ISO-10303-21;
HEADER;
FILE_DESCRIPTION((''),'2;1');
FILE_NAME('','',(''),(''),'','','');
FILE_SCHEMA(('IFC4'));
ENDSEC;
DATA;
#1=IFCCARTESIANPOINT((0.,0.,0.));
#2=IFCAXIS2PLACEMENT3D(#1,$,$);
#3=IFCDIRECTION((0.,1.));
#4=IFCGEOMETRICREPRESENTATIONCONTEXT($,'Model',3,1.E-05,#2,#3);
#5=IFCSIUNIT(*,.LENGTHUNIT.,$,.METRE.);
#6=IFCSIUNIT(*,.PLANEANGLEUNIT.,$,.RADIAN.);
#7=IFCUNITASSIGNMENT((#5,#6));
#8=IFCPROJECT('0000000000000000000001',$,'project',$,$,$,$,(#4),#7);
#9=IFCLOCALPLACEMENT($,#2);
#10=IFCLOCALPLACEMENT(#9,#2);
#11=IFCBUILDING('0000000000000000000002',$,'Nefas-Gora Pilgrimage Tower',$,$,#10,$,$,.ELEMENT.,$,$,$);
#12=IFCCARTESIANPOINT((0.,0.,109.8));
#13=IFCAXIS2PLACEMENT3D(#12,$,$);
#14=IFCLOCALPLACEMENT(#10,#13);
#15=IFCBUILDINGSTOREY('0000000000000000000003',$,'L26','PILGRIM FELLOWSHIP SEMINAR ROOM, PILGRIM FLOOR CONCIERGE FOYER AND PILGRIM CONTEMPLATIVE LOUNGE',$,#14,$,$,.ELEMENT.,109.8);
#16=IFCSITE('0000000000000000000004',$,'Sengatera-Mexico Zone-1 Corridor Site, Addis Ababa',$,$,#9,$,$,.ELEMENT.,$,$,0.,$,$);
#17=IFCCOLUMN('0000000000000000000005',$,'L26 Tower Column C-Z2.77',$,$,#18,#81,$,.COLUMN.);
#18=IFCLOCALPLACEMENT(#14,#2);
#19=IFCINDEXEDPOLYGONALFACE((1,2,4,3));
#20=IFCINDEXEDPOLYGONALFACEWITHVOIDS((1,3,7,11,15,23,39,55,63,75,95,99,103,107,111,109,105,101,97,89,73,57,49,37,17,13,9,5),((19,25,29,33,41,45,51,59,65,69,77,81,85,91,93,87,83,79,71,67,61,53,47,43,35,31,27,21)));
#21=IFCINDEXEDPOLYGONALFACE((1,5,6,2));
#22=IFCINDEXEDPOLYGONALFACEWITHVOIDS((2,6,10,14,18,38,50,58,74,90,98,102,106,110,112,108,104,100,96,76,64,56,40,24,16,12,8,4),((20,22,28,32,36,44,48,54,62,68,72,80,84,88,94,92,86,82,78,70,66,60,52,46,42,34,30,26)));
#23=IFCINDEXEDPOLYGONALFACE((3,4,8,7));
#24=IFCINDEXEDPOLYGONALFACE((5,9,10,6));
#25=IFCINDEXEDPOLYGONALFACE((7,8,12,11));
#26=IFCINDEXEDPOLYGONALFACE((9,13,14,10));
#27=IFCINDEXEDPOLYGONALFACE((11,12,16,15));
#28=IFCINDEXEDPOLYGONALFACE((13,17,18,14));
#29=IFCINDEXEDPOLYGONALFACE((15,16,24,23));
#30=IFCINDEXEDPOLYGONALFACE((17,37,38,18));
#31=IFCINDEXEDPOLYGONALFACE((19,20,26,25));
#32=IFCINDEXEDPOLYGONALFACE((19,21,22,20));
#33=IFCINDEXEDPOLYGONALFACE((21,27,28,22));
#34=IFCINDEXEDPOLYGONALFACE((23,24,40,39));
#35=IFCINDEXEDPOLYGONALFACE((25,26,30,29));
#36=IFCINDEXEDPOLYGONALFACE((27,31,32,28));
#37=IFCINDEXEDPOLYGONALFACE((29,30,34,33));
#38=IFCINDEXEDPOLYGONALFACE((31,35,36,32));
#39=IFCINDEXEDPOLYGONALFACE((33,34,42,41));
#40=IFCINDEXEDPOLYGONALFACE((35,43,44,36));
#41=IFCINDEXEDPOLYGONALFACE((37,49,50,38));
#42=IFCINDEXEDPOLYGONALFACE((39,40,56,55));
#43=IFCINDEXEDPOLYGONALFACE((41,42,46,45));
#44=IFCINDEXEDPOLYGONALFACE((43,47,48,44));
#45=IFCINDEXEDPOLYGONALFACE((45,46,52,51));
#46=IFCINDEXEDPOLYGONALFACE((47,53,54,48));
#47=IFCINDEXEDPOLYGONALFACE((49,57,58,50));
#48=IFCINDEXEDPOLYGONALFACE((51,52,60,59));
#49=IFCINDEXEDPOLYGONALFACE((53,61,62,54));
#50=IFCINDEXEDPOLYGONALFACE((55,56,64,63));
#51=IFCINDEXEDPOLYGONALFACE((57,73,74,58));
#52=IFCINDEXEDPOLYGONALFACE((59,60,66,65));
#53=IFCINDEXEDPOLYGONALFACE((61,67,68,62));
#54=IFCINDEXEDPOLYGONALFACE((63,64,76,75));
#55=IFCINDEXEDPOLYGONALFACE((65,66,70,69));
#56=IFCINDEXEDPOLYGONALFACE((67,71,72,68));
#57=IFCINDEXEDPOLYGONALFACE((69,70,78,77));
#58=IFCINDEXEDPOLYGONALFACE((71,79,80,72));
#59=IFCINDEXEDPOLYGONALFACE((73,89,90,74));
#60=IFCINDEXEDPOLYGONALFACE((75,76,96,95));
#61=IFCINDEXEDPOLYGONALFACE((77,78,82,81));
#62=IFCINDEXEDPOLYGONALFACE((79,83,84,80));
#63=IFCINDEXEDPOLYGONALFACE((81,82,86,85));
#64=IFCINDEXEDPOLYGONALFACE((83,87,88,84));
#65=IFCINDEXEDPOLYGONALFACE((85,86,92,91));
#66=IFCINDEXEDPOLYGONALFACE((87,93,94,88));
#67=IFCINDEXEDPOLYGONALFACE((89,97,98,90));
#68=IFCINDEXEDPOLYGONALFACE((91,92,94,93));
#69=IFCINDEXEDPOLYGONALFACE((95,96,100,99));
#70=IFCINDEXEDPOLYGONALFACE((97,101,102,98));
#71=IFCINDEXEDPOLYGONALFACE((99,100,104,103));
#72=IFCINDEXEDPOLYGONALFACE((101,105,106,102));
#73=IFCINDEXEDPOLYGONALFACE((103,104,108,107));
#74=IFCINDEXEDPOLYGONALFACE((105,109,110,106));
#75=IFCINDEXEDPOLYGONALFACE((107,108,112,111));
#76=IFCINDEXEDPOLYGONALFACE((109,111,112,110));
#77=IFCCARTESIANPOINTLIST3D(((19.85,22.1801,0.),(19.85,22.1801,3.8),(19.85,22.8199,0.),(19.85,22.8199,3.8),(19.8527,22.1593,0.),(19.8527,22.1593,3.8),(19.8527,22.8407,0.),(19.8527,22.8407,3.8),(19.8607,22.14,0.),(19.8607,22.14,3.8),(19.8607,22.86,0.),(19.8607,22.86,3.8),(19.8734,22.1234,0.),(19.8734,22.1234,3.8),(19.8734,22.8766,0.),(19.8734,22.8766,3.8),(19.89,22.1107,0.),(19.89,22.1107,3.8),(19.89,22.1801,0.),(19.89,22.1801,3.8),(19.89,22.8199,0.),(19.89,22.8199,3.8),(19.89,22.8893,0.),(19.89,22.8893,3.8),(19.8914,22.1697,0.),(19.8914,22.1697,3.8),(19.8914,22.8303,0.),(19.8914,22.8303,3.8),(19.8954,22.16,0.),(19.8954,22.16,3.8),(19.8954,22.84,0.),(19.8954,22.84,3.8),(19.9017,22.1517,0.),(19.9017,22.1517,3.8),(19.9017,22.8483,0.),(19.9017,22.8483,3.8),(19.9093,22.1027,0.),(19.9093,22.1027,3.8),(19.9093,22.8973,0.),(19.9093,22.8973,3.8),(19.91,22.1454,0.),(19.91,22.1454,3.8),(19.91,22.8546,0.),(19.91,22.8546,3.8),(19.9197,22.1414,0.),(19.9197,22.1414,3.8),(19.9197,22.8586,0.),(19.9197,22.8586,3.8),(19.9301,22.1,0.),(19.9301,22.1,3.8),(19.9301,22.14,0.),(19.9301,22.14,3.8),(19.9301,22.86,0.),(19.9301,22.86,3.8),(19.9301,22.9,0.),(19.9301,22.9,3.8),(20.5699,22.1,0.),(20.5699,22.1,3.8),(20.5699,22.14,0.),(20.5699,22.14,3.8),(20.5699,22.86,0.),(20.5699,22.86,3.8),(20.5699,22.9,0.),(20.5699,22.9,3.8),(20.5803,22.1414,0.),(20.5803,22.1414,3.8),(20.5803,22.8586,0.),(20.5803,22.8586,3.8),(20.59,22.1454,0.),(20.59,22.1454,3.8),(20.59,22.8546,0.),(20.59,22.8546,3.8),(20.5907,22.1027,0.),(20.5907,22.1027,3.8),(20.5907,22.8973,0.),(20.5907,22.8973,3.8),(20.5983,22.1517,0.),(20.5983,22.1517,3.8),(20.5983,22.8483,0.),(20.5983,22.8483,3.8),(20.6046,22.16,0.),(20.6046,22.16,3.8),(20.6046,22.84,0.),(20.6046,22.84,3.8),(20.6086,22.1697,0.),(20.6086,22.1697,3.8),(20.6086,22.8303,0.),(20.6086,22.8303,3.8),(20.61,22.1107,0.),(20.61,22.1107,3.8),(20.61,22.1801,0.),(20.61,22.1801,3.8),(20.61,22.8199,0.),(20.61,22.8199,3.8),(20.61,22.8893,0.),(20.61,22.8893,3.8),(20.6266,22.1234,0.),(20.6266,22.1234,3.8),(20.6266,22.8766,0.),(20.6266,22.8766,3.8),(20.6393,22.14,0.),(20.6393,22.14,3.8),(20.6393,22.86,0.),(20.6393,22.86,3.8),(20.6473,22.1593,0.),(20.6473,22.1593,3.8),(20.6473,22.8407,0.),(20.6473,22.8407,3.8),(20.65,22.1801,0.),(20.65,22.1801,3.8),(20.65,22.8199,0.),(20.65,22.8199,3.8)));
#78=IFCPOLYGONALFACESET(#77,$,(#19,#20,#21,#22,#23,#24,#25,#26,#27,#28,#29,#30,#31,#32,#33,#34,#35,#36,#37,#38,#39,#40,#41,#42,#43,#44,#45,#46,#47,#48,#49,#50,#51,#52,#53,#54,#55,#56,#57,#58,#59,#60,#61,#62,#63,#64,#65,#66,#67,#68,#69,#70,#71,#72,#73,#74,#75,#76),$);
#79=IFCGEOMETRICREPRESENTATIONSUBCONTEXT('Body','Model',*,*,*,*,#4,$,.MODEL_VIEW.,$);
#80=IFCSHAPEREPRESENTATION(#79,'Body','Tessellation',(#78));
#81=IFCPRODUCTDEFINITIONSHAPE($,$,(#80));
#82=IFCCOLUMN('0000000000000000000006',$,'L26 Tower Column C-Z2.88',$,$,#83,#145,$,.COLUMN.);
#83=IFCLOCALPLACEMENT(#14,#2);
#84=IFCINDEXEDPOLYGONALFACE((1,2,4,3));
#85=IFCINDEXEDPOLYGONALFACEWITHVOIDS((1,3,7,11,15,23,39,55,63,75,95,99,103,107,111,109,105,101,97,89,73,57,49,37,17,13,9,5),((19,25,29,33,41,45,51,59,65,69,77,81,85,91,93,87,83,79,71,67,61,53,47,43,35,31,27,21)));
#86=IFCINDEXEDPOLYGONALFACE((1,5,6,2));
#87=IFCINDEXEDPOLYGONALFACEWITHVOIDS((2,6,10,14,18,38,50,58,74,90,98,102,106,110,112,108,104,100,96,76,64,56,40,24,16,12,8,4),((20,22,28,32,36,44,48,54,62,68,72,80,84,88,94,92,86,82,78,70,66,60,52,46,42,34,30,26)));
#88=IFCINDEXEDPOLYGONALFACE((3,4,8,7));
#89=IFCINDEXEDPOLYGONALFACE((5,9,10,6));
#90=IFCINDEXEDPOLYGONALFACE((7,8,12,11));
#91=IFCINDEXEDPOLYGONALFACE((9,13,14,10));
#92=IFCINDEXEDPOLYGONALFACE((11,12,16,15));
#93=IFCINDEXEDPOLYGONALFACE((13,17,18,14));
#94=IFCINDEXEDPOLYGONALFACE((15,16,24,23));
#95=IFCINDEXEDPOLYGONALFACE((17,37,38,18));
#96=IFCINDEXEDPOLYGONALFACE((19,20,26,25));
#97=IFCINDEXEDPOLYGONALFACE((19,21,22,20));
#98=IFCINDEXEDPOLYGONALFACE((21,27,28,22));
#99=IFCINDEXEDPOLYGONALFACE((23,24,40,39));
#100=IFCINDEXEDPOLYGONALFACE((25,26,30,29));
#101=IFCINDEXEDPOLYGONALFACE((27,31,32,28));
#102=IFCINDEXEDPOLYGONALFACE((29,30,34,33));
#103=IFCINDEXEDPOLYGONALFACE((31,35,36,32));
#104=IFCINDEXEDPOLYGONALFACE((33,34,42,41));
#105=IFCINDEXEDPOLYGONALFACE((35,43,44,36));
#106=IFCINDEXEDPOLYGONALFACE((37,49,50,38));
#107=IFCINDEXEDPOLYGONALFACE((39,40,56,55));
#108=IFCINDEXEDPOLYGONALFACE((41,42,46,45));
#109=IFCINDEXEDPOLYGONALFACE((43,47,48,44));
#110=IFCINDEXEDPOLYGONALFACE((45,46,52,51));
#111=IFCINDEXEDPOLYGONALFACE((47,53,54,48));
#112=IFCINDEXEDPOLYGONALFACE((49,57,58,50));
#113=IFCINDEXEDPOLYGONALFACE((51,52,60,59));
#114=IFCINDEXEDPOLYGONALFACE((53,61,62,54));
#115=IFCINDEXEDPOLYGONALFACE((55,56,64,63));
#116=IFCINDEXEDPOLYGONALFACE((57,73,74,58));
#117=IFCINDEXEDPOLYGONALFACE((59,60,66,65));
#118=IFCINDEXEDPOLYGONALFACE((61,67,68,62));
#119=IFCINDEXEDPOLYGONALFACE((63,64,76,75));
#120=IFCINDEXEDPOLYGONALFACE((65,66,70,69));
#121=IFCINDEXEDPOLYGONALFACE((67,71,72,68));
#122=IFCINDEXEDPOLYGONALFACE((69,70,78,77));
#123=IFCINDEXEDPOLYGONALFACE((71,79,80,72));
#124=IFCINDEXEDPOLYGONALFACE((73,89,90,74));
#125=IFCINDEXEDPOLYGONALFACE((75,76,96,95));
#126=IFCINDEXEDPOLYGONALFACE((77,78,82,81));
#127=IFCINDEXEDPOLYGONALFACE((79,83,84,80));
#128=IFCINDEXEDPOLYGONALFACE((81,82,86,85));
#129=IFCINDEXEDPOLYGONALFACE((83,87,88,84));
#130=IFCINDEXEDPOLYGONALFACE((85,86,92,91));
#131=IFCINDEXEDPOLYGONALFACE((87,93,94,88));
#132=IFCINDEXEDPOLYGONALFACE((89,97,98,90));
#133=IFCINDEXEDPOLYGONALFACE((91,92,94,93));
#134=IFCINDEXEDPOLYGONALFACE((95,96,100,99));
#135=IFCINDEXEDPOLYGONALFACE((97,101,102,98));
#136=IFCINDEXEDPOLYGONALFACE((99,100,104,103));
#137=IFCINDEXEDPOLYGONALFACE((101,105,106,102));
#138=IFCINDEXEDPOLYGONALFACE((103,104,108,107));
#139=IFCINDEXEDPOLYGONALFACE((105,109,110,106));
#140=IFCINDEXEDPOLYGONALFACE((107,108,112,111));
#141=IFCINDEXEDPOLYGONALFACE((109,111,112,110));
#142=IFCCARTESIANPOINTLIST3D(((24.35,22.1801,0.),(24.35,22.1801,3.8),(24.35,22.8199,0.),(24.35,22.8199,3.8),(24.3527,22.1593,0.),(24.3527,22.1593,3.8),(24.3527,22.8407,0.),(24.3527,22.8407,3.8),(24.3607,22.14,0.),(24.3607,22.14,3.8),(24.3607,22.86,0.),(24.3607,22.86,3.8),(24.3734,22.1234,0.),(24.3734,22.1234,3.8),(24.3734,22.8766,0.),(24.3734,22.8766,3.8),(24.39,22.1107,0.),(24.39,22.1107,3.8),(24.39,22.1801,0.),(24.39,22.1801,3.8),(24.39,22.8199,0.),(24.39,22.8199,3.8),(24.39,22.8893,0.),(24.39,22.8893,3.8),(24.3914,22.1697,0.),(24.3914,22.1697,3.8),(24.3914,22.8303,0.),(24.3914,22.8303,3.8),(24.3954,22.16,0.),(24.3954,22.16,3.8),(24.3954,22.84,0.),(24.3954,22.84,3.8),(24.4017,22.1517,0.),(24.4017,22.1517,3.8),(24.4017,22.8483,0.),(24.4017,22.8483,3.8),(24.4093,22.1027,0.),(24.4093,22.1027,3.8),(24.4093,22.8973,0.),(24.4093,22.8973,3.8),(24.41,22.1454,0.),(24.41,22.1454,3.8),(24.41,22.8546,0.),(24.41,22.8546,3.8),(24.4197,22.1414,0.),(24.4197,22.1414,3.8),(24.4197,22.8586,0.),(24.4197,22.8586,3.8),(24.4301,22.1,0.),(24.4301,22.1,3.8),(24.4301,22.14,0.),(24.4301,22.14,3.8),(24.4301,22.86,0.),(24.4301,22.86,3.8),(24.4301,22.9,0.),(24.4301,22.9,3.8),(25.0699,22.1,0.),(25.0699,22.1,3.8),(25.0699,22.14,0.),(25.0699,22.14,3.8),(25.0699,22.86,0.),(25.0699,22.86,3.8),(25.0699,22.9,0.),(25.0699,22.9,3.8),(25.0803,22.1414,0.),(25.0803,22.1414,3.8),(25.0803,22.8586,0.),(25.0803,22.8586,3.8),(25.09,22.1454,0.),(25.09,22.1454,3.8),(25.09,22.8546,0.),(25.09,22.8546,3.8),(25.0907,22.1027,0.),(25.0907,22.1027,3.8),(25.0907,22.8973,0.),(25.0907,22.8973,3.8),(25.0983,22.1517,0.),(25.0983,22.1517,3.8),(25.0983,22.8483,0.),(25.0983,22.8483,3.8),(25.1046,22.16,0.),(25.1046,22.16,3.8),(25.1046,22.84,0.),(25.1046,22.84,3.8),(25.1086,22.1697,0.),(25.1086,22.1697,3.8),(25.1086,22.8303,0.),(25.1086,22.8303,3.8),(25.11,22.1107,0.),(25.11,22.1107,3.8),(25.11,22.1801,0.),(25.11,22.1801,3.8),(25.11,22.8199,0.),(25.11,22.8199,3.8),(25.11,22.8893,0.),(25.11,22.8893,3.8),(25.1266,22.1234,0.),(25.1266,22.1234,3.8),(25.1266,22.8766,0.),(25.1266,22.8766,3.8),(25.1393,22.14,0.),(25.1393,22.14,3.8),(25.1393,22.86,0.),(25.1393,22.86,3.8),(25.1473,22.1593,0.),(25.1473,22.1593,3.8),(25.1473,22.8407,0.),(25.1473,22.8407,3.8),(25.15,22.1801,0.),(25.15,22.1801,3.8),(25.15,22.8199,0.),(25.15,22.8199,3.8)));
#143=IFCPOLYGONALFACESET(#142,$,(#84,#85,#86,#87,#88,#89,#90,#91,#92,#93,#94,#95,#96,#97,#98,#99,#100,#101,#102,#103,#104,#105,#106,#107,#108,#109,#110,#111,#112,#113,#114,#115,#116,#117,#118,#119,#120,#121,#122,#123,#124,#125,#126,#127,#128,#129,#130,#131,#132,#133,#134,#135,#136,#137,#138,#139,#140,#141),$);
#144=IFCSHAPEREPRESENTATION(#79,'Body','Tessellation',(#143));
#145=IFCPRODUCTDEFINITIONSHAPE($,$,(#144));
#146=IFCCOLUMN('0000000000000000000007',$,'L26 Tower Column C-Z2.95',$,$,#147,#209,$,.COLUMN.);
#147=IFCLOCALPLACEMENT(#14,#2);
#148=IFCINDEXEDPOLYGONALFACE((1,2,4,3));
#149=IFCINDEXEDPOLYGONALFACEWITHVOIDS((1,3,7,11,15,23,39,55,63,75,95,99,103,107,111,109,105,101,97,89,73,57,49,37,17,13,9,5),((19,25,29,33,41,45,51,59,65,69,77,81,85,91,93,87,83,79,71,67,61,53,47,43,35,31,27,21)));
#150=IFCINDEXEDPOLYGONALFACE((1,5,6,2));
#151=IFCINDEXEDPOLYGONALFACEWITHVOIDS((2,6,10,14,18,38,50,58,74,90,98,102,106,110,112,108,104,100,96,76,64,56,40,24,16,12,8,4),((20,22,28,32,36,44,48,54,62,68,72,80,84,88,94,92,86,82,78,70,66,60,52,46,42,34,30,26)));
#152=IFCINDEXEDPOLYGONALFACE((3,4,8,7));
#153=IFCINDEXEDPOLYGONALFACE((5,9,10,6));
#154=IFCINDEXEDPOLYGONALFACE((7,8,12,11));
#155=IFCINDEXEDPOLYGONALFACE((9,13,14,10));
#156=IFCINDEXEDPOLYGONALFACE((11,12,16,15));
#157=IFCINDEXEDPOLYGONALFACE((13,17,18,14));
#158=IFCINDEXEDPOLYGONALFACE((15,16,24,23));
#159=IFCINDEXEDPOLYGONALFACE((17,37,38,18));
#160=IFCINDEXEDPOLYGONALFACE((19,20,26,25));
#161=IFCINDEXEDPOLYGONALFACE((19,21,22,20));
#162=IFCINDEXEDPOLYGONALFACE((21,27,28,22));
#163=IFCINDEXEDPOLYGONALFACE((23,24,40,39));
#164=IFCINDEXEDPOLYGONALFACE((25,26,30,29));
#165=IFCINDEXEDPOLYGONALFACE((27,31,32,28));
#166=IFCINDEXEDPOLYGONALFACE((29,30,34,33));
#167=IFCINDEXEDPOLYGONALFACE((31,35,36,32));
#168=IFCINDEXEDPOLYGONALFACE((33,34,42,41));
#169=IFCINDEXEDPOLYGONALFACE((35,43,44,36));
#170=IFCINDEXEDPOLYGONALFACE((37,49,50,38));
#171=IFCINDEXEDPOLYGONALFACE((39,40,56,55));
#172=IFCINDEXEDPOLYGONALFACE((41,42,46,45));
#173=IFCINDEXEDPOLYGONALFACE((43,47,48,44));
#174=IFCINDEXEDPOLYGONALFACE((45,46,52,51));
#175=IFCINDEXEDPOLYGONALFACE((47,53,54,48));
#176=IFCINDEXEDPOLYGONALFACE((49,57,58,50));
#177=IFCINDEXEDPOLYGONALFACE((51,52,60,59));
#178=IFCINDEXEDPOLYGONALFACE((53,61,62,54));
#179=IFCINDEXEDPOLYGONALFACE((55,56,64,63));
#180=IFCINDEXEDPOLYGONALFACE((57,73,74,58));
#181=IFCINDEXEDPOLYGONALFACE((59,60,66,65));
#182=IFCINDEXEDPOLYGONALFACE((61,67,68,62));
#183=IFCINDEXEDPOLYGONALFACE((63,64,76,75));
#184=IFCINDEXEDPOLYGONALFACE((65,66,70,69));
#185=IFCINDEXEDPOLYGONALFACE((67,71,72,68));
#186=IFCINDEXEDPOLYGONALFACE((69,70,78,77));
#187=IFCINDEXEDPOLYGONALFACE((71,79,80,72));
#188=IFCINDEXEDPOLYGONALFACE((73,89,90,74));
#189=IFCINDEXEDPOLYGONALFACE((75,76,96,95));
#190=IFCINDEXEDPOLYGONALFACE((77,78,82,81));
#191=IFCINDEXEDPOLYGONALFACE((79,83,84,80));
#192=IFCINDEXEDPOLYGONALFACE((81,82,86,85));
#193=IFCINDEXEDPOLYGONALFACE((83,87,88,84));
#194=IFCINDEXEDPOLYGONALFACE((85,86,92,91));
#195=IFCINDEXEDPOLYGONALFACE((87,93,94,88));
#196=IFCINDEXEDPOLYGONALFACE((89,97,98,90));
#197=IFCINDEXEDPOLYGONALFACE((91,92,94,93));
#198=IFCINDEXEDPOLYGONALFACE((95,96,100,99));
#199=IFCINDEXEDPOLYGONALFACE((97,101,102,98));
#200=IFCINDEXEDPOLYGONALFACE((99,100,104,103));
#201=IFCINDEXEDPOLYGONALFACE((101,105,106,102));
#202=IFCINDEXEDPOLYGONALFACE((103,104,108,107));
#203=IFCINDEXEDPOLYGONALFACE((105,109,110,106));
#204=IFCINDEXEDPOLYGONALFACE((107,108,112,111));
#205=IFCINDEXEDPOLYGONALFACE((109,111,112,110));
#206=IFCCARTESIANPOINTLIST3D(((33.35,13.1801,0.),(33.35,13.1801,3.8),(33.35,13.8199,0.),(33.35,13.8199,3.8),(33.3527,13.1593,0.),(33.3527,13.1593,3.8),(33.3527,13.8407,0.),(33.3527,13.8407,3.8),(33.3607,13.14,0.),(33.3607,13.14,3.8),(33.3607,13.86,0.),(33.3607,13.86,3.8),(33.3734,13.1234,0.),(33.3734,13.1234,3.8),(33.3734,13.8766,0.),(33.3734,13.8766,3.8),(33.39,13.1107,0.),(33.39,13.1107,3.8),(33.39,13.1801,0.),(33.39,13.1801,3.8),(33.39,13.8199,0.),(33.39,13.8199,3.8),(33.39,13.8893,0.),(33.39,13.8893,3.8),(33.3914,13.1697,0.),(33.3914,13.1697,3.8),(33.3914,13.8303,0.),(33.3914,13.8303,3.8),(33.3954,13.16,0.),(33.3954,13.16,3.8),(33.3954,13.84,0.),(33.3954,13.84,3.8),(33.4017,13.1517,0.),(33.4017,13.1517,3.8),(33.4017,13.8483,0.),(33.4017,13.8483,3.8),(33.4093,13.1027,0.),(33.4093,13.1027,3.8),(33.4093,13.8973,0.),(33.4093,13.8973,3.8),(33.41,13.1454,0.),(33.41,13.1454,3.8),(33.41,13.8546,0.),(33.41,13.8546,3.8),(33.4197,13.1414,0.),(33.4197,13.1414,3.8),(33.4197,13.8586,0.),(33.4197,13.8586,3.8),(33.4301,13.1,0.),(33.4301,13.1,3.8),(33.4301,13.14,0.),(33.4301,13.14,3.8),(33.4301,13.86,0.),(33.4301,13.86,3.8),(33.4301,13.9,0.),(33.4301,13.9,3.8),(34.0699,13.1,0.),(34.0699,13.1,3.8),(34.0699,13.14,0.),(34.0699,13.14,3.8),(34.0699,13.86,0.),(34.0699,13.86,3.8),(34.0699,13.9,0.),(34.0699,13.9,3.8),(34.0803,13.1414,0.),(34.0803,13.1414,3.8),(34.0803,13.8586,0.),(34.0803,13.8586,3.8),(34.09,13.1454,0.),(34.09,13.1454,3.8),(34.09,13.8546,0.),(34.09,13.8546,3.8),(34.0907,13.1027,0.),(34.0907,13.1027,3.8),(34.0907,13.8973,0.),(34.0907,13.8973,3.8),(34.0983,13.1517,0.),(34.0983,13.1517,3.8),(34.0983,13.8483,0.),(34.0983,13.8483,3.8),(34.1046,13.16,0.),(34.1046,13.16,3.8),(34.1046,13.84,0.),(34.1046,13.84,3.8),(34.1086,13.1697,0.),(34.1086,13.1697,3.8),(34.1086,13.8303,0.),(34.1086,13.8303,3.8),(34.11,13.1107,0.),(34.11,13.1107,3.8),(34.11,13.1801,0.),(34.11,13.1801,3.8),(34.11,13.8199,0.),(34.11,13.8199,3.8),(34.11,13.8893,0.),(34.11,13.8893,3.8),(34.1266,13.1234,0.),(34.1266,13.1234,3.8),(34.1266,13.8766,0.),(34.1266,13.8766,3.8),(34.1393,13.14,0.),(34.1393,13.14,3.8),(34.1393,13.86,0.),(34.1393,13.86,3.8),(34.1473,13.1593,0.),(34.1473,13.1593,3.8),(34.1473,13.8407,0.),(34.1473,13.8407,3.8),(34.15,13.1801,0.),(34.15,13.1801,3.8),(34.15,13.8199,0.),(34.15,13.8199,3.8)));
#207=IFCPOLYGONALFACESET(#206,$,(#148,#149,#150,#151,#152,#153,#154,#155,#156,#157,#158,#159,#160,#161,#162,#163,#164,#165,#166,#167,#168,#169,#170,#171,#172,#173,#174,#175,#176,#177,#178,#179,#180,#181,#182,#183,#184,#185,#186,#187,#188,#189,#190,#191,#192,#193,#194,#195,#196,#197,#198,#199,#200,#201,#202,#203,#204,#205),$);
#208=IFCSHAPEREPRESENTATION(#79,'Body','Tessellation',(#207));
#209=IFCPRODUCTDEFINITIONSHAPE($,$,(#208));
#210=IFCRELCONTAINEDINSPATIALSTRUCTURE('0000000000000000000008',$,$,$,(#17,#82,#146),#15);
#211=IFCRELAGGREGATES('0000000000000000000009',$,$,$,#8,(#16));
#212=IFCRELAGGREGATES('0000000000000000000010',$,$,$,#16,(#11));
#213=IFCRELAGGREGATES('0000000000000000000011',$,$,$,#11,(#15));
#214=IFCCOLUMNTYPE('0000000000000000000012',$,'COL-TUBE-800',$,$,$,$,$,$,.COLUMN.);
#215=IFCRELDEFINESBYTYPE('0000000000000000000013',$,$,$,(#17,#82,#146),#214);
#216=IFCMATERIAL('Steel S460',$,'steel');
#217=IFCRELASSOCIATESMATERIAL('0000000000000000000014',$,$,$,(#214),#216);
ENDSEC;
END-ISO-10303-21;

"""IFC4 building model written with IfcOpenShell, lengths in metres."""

from ifc_helpers import new_model, si_unit, direction, frame, origin, origin_2d, place, context, subcontext, project, spatial, hollow_rectangle, extrude, source, transform, mapped, material, material_profile, profile_set, type_object, element, save


model = new_model("IFC4")

# Units and contexts
model_context = context("Model", 3, precision=1e-05, world=origin(), true_north=direction((0.0, 1.0)))
body_context = subcontext(model_context, "Body", "Model", "MODEL_VIEW")
ifc_project = project(units=[si_unit("LENGTHUNIT", "METRE"), si_unit("PLANEANGLEUNIT", "RADIAN")], contexts=[model_context])

# Site, building, storey
site_placement = place(None, origin())
site = spatial("IfcSite", under=ifc_project, at=site_placement, Name="Sengatera-Mexico Zone-1 Corridor Site, Addis Ababa", CompositionType="ELEMENT", RefElevation=0.0)
building_placement = place(site_placement, origin())
building = spatial("IfcBuilding", under=site, at=building_placement, Name="Nefas-Gora Pilgrimage Tower", CompositionType="ELEMENT")
storey_placement = place(building_placement, frame((0.0, 0.0, 109.8)))
storey = spatial("IfcBuildingStorey", under=building, at=storey_placement, Name="L26", Description="PILGRIM FELLOWSHIP SEMINAR ROOM, PILGRIM FLOOR CONCIERGE FOYER AND PILGRIM CONTEMPLATIVE LOUNGE", CompositionType="ELEMENT", Elevation=109.8)

# Columns
ifc_material_1 = material(Name="Steel S460", Category="steel")
ifc_material_profile_1 = material_profile(ifc_material_1, hollow_rectangle(XDim=0.8, YDim=0.8, WallThickness=0.04, InnerFilletRadius=0.04, OuterFilletRadius=0.0801, at=origin_2d()), Name="BOX 800x800x40")
ifc_profile_set_1 = profile_set([ifc_material_profile_1], Name="Steel S460")
column_type_1 = type_object("IfcColumnType", Name="COL-TUBE-800", PredefinedType="COLUMN", material=ifc_profile_set_1)
shared_shape_1 = source(origin(), body_context, "Body", "SweptSolid", [
    extrude(hollow_rectangle(XDim=0.8, YDim=0.8, WallThickness=0.04, InnerFilletRadius=0.04, OuterFilletRadius=0.0801, at=origin_2d()), origin(), (0.0, 0.0, 1.0), 3.8),
])
for number, where, z_axis, x_axis, name in (
    (1, (20.25, 22.5, 0.0), (0.0, 0.0, 1.0), (1.0, 0.0, 0.0), "L26 Tower Column C-Z2.77"),
    (2, (24.75, 22.5, 0.0), (0.0, 0.0, 1.0), (1.0, 0.0, 0.0), "L26 Tower Column C-Z2.88"),
    (3, (33.75, 13.5, 0.0), (0.0, 0.0, 1.0), (1.0, 0.0, 0.0), "L26 Tower Column C-Z2.95"),
):
    element("IfcColumn", number, at=place(storey_placement, frame(where, z_axis=z_axis, x_axis=x_axis)), inside=storey, type_object=column_type_1, Name=name, PredefinedType="COLUMN", context=body_context, shape_type="MappedRepresentation", body=[
        mapped(shared_shape_1, transform((0.0, 0.0, 0.0), x_axis=(1.0, 0.0, 0.0), y_axis=(0.0, 1.0, 0.0), z_axis=(0.0, 0.0, 1.0), scale=1.0)),
    ])

save(model, "model.ifc")
